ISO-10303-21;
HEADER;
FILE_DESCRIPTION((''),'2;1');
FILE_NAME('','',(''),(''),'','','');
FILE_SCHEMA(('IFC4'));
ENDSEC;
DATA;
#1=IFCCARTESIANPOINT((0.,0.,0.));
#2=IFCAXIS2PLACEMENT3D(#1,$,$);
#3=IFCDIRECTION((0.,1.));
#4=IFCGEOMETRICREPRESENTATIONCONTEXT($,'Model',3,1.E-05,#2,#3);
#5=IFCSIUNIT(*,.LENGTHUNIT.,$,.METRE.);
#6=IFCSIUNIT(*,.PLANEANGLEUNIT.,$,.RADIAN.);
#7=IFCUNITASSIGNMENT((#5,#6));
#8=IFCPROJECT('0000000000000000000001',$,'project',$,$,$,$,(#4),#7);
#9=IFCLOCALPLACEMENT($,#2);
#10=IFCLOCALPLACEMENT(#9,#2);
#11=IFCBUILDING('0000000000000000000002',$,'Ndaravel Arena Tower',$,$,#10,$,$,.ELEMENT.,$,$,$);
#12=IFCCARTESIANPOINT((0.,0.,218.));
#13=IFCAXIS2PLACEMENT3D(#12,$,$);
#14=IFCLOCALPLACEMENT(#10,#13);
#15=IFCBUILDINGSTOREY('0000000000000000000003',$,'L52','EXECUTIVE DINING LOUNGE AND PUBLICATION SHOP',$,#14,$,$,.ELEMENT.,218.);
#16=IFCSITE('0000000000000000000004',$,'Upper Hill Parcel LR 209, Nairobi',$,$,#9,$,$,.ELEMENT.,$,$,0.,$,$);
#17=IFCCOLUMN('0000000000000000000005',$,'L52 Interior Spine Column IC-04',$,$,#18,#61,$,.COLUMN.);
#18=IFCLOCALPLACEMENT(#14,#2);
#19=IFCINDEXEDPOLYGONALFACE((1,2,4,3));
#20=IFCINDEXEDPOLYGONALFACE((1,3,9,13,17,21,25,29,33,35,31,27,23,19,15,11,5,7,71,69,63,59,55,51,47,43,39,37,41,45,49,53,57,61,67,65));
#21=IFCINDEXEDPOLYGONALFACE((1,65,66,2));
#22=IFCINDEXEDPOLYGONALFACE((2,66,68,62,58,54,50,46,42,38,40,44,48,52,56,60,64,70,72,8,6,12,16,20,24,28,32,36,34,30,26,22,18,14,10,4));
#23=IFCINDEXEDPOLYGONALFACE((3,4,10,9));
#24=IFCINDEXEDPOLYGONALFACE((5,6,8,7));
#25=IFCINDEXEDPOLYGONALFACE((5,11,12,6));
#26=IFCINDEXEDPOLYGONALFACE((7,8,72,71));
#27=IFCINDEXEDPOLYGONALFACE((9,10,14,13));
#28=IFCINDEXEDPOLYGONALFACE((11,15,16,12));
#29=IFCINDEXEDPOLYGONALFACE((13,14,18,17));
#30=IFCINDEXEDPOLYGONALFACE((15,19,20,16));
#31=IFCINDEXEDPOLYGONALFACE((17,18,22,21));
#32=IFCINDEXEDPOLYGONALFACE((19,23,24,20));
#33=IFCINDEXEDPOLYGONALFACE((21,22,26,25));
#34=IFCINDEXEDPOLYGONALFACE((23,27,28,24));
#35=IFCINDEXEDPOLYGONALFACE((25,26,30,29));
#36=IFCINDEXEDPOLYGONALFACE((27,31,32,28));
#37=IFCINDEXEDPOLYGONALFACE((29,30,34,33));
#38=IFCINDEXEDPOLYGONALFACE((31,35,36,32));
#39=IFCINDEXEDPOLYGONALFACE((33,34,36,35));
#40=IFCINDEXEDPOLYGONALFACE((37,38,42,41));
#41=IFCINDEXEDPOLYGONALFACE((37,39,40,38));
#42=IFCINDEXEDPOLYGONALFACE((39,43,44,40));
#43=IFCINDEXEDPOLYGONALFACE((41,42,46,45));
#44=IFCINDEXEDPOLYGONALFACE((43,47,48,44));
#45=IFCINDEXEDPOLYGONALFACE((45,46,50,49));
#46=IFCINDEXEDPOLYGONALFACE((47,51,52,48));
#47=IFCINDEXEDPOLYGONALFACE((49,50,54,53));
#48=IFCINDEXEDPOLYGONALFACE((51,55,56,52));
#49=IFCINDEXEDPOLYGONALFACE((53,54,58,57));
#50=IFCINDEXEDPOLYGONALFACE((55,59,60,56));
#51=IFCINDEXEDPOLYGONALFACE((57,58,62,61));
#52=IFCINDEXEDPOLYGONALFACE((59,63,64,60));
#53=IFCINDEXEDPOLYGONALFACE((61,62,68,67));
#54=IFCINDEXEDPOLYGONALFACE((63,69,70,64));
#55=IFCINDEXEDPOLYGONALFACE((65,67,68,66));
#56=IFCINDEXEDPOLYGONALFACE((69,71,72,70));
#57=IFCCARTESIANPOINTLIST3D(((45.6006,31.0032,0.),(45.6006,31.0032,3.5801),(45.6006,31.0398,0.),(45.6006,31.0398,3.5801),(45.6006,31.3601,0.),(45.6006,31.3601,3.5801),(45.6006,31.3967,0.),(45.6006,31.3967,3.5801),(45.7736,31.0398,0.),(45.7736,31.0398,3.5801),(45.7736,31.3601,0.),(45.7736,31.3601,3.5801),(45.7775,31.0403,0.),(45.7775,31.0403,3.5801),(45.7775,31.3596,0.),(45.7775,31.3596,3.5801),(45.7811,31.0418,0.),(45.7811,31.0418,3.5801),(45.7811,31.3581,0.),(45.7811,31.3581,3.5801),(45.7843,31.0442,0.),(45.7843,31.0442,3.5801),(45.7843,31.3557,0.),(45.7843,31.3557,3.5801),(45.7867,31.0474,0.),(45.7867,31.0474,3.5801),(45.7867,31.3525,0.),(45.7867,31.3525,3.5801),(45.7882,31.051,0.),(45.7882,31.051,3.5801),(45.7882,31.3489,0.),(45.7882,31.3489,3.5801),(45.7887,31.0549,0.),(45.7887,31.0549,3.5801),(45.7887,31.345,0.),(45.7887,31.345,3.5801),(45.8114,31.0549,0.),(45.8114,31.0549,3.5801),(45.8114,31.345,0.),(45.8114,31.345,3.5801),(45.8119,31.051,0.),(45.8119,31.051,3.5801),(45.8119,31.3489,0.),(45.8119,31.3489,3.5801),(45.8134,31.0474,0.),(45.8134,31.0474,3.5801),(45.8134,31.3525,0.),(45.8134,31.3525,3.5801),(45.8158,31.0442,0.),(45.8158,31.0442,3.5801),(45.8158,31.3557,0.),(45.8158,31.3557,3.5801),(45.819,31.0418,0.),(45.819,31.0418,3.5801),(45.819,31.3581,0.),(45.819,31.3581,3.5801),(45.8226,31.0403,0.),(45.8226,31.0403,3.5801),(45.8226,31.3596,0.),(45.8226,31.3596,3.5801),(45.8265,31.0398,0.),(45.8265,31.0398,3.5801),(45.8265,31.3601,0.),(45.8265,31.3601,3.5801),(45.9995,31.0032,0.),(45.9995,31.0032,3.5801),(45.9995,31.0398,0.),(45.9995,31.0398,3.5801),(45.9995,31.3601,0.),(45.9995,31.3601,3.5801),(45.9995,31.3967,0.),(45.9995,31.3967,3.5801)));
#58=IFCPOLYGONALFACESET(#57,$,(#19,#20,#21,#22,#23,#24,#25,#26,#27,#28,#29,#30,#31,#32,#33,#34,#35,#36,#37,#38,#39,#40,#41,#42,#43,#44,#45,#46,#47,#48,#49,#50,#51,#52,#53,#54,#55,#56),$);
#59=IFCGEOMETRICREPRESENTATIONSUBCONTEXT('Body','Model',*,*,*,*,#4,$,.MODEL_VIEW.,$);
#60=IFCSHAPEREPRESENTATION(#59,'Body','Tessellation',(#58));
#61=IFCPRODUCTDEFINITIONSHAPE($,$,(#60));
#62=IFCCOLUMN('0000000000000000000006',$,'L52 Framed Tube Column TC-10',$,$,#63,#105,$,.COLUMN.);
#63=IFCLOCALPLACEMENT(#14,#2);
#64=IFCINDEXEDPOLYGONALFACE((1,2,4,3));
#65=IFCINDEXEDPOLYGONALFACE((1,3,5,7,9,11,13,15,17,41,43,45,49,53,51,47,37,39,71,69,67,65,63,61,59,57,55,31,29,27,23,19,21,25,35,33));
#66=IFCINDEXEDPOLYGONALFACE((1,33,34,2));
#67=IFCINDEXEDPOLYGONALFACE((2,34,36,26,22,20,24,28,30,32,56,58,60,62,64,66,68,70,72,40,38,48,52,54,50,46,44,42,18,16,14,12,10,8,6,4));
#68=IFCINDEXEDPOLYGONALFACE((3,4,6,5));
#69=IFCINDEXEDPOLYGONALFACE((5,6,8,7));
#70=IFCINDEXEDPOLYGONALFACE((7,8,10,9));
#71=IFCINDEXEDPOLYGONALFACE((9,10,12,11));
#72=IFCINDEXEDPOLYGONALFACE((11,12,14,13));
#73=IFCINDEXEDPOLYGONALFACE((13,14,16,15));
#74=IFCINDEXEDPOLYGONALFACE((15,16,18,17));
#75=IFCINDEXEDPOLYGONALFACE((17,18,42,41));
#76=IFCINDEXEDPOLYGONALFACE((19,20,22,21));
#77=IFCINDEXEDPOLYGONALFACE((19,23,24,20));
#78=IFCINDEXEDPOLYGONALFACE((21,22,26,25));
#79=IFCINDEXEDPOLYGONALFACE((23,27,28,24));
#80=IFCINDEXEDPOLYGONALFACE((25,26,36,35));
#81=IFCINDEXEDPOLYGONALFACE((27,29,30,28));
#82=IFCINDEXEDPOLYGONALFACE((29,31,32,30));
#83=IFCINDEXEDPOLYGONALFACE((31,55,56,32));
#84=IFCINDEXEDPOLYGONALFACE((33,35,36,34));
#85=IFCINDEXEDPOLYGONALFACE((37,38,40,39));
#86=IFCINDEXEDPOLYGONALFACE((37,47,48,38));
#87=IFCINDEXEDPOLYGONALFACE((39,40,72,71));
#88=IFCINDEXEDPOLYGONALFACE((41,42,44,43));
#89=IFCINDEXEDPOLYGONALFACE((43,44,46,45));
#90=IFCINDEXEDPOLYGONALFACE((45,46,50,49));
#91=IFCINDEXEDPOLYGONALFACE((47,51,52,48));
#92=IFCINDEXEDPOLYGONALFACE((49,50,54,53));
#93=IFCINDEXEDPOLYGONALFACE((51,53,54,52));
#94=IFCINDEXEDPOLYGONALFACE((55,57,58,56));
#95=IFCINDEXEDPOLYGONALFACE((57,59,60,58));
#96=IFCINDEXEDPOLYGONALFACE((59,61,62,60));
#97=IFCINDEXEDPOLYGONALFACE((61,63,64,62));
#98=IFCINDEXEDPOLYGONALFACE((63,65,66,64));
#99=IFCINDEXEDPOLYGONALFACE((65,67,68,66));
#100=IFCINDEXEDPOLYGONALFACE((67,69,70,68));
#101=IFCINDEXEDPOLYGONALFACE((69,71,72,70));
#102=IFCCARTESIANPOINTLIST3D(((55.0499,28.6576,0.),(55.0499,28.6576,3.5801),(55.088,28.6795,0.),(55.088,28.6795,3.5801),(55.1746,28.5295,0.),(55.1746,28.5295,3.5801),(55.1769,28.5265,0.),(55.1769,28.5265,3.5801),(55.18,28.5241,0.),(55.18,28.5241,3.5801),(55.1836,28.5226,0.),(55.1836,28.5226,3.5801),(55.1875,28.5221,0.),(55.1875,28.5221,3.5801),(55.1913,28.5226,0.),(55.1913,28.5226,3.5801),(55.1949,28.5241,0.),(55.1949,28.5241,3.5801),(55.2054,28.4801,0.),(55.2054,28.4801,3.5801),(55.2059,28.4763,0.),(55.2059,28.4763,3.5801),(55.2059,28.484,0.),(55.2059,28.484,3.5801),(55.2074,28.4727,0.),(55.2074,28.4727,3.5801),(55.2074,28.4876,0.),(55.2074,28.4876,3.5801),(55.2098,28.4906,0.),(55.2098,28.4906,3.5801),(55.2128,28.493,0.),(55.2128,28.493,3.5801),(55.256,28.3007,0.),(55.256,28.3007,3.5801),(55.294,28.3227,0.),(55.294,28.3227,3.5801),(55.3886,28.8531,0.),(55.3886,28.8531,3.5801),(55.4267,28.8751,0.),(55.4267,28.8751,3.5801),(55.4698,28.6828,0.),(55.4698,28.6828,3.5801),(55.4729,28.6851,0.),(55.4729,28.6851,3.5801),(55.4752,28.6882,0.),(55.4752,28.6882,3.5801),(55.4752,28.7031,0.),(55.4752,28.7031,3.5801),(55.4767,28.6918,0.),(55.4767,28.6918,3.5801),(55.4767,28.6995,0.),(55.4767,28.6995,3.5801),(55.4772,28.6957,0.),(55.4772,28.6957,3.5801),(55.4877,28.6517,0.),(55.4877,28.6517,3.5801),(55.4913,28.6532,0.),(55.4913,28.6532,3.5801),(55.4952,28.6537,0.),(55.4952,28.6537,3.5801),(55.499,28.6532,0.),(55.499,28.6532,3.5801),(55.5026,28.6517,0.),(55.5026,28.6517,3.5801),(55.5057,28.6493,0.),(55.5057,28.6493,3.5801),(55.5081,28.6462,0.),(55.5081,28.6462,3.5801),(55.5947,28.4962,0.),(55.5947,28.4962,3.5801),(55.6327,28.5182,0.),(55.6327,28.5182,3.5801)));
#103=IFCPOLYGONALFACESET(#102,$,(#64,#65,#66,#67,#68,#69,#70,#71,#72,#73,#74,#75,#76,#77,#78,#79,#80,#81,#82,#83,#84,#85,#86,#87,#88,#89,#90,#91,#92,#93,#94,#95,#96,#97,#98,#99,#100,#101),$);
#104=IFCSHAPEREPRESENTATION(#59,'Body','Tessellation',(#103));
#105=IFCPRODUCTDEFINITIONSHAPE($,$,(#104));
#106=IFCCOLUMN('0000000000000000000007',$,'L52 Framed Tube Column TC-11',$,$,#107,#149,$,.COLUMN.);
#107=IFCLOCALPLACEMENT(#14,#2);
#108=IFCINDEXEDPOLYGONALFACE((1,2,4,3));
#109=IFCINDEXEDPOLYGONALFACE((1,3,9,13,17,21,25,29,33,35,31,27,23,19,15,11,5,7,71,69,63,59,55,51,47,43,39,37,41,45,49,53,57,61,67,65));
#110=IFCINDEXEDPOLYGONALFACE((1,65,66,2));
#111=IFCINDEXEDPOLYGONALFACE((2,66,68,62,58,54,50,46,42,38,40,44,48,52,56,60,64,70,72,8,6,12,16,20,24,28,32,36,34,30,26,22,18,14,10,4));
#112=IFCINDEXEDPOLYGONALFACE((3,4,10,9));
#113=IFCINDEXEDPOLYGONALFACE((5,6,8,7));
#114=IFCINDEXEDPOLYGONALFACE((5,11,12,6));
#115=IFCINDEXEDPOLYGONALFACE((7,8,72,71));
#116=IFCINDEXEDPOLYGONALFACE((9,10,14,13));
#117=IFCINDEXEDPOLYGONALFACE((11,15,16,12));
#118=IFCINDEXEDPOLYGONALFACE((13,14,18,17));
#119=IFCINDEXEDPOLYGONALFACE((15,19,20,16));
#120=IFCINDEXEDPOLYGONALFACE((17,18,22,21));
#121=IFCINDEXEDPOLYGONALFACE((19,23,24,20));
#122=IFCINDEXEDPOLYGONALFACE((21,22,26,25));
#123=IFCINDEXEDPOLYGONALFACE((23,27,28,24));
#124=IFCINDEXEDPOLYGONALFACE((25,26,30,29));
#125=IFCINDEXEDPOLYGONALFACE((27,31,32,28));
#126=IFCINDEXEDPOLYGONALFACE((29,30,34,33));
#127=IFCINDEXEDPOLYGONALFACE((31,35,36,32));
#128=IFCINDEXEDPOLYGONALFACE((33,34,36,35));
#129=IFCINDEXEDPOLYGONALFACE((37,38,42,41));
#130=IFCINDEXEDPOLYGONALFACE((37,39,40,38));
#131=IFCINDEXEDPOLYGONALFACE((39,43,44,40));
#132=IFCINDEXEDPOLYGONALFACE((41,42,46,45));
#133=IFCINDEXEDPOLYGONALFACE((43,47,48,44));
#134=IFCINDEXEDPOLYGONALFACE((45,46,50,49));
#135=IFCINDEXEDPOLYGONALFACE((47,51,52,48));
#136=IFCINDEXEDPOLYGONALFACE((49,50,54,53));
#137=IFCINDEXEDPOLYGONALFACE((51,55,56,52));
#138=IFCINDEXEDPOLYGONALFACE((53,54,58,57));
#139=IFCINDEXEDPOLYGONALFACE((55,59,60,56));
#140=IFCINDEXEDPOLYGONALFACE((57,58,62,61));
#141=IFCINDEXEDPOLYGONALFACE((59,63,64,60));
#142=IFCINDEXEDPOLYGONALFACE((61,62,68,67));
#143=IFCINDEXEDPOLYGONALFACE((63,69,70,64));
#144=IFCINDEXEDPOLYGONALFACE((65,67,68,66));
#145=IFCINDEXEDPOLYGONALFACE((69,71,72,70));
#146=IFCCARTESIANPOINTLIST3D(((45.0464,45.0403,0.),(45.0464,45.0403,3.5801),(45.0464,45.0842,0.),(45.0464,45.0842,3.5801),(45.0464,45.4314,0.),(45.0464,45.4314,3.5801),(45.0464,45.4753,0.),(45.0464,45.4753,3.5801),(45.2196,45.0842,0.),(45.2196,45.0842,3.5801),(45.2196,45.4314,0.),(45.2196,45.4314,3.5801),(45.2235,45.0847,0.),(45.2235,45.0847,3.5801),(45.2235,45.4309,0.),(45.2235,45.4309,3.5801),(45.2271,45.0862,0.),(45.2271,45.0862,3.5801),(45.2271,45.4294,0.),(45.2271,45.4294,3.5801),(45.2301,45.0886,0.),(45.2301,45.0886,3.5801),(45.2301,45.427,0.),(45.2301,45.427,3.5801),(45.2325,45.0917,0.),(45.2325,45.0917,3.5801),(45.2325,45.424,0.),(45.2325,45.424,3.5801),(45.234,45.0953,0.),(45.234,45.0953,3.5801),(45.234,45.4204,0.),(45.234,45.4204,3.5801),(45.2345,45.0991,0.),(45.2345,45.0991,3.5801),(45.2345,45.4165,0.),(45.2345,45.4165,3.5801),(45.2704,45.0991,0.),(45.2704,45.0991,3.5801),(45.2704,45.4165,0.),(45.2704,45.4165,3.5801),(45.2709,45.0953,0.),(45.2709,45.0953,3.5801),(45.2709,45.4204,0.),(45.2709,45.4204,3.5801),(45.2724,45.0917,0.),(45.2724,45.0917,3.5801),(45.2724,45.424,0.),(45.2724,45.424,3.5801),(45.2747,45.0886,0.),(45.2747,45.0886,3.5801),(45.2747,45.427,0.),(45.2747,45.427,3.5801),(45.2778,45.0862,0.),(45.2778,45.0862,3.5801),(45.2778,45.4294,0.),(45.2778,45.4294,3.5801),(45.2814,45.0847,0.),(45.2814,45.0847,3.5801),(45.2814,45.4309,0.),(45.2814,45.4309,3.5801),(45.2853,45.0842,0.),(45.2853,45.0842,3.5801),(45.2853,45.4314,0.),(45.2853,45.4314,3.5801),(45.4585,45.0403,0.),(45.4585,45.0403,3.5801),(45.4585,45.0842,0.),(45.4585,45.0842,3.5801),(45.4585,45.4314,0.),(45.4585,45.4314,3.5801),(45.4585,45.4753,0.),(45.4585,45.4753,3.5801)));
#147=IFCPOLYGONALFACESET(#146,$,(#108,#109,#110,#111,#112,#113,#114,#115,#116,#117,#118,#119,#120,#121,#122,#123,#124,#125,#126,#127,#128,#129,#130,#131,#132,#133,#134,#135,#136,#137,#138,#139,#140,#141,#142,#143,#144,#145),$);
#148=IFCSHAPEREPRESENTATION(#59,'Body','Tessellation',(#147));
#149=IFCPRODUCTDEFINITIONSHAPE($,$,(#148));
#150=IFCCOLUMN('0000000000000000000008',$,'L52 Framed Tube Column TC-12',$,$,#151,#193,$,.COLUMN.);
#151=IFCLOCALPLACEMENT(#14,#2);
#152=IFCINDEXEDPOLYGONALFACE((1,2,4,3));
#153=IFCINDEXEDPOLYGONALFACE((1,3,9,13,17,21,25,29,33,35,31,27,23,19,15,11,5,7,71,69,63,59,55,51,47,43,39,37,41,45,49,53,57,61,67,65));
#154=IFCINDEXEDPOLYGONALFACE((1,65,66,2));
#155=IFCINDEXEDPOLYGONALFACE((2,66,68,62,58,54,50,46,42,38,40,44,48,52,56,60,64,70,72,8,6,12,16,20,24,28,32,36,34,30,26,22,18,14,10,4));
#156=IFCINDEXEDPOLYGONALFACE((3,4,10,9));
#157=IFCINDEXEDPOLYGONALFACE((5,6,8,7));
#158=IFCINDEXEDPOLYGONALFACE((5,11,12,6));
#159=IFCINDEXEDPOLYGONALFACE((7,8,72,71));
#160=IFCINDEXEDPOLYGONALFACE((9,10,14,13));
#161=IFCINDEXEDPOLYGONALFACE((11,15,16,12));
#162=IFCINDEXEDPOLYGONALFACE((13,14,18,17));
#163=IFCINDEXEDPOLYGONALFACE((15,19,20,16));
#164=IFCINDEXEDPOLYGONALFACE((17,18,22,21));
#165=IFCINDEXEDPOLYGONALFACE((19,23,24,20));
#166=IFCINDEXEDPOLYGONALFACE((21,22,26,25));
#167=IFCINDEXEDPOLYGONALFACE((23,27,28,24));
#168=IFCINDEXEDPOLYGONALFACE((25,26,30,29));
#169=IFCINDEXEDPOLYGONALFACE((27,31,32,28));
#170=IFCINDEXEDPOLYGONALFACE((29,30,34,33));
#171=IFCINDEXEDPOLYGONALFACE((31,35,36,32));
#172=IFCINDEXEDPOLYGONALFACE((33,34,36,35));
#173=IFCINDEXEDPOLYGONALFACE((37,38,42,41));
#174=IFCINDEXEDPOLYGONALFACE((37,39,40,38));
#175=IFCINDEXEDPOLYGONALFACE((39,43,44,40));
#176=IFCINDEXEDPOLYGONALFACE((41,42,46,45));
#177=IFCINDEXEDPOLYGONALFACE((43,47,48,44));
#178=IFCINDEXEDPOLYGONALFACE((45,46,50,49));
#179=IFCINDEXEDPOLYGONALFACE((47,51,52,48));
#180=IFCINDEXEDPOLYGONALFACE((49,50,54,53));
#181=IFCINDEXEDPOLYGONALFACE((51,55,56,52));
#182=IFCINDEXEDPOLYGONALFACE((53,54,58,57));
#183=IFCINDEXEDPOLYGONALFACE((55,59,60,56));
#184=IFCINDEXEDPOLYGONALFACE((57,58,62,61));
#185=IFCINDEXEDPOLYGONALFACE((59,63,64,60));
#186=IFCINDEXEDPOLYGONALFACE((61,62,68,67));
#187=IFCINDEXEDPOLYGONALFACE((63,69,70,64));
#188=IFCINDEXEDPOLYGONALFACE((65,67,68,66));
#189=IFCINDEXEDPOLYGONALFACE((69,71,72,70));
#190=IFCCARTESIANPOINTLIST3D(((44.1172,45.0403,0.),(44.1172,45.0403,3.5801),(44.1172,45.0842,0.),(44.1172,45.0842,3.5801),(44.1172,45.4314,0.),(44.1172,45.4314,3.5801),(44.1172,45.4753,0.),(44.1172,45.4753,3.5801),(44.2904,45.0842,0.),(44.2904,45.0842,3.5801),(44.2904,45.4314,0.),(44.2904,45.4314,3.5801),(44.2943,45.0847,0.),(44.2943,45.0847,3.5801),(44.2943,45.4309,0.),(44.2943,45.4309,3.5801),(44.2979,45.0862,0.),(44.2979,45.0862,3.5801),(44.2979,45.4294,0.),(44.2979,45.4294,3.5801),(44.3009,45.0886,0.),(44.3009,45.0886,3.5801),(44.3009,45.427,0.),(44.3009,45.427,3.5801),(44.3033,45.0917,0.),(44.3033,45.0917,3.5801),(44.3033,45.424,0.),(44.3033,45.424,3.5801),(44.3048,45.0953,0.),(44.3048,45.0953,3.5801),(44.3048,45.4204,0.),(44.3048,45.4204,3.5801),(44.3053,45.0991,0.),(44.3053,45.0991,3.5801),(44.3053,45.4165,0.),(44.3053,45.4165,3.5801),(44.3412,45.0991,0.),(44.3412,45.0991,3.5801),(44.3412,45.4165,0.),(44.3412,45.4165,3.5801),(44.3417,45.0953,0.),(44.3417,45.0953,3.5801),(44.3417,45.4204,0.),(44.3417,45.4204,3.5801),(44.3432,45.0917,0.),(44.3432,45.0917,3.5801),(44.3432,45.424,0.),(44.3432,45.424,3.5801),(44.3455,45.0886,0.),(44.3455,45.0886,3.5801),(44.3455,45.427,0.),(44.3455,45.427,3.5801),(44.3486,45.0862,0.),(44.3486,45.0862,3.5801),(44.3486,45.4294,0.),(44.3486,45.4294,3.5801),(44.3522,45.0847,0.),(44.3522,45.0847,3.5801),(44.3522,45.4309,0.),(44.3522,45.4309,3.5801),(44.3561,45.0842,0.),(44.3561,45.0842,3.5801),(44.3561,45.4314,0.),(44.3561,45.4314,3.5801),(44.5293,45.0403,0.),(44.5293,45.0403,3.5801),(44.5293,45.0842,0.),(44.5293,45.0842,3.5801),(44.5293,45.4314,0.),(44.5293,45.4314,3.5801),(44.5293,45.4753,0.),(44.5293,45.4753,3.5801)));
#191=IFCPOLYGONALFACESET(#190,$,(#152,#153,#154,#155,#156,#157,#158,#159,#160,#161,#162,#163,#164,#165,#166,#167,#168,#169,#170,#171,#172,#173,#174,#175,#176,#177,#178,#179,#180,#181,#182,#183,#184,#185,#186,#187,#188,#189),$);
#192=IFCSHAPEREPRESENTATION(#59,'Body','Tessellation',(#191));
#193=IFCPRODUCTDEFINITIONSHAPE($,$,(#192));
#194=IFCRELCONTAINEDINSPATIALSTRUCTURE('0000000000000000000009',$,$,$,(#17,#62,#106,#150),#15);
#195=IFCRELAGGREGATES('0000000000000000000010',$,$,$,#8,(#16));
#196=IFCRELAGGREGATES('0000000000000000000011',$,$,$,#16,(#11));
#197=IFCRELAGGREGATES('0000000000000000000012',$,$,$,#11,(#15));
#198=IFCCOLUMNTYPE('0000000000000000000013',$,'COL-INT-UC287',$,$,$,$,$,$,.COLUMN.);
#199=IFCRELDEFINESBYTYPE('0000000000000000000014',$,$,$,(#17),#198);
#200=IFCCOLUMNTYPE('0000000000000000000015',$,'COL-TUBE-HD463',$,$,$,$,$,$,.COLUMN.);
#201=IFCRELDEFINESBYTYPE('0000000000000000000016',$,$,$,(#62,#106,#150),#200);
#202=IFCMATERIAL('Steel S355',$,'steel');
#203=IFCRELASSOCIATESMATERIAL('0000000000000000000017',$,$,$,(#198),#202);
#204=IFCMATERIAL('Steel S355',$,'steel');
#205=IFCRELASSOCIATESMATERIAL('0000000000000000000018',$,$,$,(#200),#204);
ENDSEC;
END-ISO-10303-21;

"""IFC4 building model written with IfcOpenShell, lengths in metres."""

from ifc_helpers import new_model, si_unit, direction, frame, origin, origin_2d, place, context, subcontext, project, spatial, i_section, extrude, material, material_profile, profile_set, type_object, element, save


model = new_model("IFC4")

# Units and contexts
model_context = context("Model", 3, precision=1e-05, world=origin(), true_north=direction((0.0, 1.0)))
body_context = subcontext(model_context, "Body", "Model", "MODEL_VIEW")
ifc_project = project(units=[si_unit("LENGTHUNIT", "METRE"), si_unit("PLANEANGLEUNIT", "RADIAN")], contexts=[model_context])

# Site, building, storey
site_placement = place(None, origin())
site = spatial("IfcSite", under=ifc_project, at=site_placement, Name="Upper Hill Parcel LR 209, Nairobi", CompositionType="ELEMENT", RefElevation=0.0)
building_placement = place(site_placement, origin())
building = spatial("IfcBuilding", under=site, at=building_placement, Name="Ndaravel Arena Tower", CompositionType="ELEMENT")
storey_placement = place(building_placement, frame((0.0, 0.0, 218.0)))
storey = spatial("IfcBuildingStorey", under=building, at=storey_placement, Name="L52", Description="EXECUTIVE DINING LOUNGE AND PUBLICATION SHOP", CompositionType="ELEMENT", Elevation=218.0)

# Columns
ifc_material_1 = material(Name="Steel S355", Category="steel")
ifc_material_profile_1 = material_profile(ifc_material_1, i_section(OverallWidth=0.3989, OverallDepth=0.3936, WebThickness=0.0227, FlangeThickness=0.0366, FilletRadius=0.0151, at=origin_2d()), Name="UC 356x406x287")
ifc_profile_set_1 = profile_set([ifc_material_profile_1], Name="Steel S355")
column_type_1 = type_object("IfcColumnType", Name="COL-INT-UC287", PredefinedType="COLUMN", material=ifc_profile_set_1)
column_placement = place(storey_placement, frame((45.8, 31.2, 0.0), z_axis=(0.0, 0.0, 1.0), x_axis=(1.0, 0.0, 0.0)))
element("IfcColumn", 1, at=column_placement, inside=storey, type_object=column_type_1, Name="L52 Interior Spine Column IC-04", PredefinedType="COLUMN", context=body_context, shape_type="SweptSolid", body=[
    extrude(i_section(OverallWidth=0.3989, OverallDepth=0.3936, WebThickness=0.0227, FlangeThickness=0.0366, FilletRadius=0.0151, at=origin_2d()), origin(), (0.0, 0.0, 1.0), 3.5801),
])
ifc_material_2 = material(Name="Steel S355", Category="steel")
ifc_material_profile_2 = material_profile(ifc_material_2, i_section(OverallWidth=0.4121, OverallDepth=0.4351, WebThickness=0.0359, FlangeThickness=0.0439, FilletRadius=0.0149, at=origin_2d()), Name="HD 400x463")
ifc_profile_set_2 = profile_set([ifc_material_profile_2], Name="Steel S355")
column_type_2 = type_object("IfcColumnType", Name="COL-TUBE-HD463", PredefinedType="COLUMN", material=ifc_profile_set_2)
for number, where, z_axis, x_axis, name in (
    (2, (55.3413, 28.5879, 0.0), (0.0, 0.0, 1.0), (-0.5, 0.866025, 0.0), "L52 Framed Tube Column TC-10"),
    (3, (45.2524, 45.2578, 0.0), (0.0, 0.0, 1.0), (1.0, 0.0, 0.0), "L52 Framed Tube Column TC-11"),
    (4, (44.3232, 45.2578, 0.0), (0.0, 0.0, 1.0), (1.0, 0.0, 0.0), "L52 Framed Tube Column TC-12"),
):
    element("IfcColumn", number, at=place(storey_placement, frame(where, z_axis=z_axis, x_axis=x_axis)), inside=storey, type_object=column_type_2, Name=name, PredefinedType="COLUMN", context=body_context, shape_type="SweptSolid", body=[
        extrude(i_section(OverallWidth=0.4121, OverallDepth=0.4351, WebThickness=0.0359, FlangeThickness=0.0439, FilletRadius=0.0149, at=origin_2d()), origin(), (0.0, 0.0, 1.0), 3.5801),
    ])

save(model, "model.ifc")
